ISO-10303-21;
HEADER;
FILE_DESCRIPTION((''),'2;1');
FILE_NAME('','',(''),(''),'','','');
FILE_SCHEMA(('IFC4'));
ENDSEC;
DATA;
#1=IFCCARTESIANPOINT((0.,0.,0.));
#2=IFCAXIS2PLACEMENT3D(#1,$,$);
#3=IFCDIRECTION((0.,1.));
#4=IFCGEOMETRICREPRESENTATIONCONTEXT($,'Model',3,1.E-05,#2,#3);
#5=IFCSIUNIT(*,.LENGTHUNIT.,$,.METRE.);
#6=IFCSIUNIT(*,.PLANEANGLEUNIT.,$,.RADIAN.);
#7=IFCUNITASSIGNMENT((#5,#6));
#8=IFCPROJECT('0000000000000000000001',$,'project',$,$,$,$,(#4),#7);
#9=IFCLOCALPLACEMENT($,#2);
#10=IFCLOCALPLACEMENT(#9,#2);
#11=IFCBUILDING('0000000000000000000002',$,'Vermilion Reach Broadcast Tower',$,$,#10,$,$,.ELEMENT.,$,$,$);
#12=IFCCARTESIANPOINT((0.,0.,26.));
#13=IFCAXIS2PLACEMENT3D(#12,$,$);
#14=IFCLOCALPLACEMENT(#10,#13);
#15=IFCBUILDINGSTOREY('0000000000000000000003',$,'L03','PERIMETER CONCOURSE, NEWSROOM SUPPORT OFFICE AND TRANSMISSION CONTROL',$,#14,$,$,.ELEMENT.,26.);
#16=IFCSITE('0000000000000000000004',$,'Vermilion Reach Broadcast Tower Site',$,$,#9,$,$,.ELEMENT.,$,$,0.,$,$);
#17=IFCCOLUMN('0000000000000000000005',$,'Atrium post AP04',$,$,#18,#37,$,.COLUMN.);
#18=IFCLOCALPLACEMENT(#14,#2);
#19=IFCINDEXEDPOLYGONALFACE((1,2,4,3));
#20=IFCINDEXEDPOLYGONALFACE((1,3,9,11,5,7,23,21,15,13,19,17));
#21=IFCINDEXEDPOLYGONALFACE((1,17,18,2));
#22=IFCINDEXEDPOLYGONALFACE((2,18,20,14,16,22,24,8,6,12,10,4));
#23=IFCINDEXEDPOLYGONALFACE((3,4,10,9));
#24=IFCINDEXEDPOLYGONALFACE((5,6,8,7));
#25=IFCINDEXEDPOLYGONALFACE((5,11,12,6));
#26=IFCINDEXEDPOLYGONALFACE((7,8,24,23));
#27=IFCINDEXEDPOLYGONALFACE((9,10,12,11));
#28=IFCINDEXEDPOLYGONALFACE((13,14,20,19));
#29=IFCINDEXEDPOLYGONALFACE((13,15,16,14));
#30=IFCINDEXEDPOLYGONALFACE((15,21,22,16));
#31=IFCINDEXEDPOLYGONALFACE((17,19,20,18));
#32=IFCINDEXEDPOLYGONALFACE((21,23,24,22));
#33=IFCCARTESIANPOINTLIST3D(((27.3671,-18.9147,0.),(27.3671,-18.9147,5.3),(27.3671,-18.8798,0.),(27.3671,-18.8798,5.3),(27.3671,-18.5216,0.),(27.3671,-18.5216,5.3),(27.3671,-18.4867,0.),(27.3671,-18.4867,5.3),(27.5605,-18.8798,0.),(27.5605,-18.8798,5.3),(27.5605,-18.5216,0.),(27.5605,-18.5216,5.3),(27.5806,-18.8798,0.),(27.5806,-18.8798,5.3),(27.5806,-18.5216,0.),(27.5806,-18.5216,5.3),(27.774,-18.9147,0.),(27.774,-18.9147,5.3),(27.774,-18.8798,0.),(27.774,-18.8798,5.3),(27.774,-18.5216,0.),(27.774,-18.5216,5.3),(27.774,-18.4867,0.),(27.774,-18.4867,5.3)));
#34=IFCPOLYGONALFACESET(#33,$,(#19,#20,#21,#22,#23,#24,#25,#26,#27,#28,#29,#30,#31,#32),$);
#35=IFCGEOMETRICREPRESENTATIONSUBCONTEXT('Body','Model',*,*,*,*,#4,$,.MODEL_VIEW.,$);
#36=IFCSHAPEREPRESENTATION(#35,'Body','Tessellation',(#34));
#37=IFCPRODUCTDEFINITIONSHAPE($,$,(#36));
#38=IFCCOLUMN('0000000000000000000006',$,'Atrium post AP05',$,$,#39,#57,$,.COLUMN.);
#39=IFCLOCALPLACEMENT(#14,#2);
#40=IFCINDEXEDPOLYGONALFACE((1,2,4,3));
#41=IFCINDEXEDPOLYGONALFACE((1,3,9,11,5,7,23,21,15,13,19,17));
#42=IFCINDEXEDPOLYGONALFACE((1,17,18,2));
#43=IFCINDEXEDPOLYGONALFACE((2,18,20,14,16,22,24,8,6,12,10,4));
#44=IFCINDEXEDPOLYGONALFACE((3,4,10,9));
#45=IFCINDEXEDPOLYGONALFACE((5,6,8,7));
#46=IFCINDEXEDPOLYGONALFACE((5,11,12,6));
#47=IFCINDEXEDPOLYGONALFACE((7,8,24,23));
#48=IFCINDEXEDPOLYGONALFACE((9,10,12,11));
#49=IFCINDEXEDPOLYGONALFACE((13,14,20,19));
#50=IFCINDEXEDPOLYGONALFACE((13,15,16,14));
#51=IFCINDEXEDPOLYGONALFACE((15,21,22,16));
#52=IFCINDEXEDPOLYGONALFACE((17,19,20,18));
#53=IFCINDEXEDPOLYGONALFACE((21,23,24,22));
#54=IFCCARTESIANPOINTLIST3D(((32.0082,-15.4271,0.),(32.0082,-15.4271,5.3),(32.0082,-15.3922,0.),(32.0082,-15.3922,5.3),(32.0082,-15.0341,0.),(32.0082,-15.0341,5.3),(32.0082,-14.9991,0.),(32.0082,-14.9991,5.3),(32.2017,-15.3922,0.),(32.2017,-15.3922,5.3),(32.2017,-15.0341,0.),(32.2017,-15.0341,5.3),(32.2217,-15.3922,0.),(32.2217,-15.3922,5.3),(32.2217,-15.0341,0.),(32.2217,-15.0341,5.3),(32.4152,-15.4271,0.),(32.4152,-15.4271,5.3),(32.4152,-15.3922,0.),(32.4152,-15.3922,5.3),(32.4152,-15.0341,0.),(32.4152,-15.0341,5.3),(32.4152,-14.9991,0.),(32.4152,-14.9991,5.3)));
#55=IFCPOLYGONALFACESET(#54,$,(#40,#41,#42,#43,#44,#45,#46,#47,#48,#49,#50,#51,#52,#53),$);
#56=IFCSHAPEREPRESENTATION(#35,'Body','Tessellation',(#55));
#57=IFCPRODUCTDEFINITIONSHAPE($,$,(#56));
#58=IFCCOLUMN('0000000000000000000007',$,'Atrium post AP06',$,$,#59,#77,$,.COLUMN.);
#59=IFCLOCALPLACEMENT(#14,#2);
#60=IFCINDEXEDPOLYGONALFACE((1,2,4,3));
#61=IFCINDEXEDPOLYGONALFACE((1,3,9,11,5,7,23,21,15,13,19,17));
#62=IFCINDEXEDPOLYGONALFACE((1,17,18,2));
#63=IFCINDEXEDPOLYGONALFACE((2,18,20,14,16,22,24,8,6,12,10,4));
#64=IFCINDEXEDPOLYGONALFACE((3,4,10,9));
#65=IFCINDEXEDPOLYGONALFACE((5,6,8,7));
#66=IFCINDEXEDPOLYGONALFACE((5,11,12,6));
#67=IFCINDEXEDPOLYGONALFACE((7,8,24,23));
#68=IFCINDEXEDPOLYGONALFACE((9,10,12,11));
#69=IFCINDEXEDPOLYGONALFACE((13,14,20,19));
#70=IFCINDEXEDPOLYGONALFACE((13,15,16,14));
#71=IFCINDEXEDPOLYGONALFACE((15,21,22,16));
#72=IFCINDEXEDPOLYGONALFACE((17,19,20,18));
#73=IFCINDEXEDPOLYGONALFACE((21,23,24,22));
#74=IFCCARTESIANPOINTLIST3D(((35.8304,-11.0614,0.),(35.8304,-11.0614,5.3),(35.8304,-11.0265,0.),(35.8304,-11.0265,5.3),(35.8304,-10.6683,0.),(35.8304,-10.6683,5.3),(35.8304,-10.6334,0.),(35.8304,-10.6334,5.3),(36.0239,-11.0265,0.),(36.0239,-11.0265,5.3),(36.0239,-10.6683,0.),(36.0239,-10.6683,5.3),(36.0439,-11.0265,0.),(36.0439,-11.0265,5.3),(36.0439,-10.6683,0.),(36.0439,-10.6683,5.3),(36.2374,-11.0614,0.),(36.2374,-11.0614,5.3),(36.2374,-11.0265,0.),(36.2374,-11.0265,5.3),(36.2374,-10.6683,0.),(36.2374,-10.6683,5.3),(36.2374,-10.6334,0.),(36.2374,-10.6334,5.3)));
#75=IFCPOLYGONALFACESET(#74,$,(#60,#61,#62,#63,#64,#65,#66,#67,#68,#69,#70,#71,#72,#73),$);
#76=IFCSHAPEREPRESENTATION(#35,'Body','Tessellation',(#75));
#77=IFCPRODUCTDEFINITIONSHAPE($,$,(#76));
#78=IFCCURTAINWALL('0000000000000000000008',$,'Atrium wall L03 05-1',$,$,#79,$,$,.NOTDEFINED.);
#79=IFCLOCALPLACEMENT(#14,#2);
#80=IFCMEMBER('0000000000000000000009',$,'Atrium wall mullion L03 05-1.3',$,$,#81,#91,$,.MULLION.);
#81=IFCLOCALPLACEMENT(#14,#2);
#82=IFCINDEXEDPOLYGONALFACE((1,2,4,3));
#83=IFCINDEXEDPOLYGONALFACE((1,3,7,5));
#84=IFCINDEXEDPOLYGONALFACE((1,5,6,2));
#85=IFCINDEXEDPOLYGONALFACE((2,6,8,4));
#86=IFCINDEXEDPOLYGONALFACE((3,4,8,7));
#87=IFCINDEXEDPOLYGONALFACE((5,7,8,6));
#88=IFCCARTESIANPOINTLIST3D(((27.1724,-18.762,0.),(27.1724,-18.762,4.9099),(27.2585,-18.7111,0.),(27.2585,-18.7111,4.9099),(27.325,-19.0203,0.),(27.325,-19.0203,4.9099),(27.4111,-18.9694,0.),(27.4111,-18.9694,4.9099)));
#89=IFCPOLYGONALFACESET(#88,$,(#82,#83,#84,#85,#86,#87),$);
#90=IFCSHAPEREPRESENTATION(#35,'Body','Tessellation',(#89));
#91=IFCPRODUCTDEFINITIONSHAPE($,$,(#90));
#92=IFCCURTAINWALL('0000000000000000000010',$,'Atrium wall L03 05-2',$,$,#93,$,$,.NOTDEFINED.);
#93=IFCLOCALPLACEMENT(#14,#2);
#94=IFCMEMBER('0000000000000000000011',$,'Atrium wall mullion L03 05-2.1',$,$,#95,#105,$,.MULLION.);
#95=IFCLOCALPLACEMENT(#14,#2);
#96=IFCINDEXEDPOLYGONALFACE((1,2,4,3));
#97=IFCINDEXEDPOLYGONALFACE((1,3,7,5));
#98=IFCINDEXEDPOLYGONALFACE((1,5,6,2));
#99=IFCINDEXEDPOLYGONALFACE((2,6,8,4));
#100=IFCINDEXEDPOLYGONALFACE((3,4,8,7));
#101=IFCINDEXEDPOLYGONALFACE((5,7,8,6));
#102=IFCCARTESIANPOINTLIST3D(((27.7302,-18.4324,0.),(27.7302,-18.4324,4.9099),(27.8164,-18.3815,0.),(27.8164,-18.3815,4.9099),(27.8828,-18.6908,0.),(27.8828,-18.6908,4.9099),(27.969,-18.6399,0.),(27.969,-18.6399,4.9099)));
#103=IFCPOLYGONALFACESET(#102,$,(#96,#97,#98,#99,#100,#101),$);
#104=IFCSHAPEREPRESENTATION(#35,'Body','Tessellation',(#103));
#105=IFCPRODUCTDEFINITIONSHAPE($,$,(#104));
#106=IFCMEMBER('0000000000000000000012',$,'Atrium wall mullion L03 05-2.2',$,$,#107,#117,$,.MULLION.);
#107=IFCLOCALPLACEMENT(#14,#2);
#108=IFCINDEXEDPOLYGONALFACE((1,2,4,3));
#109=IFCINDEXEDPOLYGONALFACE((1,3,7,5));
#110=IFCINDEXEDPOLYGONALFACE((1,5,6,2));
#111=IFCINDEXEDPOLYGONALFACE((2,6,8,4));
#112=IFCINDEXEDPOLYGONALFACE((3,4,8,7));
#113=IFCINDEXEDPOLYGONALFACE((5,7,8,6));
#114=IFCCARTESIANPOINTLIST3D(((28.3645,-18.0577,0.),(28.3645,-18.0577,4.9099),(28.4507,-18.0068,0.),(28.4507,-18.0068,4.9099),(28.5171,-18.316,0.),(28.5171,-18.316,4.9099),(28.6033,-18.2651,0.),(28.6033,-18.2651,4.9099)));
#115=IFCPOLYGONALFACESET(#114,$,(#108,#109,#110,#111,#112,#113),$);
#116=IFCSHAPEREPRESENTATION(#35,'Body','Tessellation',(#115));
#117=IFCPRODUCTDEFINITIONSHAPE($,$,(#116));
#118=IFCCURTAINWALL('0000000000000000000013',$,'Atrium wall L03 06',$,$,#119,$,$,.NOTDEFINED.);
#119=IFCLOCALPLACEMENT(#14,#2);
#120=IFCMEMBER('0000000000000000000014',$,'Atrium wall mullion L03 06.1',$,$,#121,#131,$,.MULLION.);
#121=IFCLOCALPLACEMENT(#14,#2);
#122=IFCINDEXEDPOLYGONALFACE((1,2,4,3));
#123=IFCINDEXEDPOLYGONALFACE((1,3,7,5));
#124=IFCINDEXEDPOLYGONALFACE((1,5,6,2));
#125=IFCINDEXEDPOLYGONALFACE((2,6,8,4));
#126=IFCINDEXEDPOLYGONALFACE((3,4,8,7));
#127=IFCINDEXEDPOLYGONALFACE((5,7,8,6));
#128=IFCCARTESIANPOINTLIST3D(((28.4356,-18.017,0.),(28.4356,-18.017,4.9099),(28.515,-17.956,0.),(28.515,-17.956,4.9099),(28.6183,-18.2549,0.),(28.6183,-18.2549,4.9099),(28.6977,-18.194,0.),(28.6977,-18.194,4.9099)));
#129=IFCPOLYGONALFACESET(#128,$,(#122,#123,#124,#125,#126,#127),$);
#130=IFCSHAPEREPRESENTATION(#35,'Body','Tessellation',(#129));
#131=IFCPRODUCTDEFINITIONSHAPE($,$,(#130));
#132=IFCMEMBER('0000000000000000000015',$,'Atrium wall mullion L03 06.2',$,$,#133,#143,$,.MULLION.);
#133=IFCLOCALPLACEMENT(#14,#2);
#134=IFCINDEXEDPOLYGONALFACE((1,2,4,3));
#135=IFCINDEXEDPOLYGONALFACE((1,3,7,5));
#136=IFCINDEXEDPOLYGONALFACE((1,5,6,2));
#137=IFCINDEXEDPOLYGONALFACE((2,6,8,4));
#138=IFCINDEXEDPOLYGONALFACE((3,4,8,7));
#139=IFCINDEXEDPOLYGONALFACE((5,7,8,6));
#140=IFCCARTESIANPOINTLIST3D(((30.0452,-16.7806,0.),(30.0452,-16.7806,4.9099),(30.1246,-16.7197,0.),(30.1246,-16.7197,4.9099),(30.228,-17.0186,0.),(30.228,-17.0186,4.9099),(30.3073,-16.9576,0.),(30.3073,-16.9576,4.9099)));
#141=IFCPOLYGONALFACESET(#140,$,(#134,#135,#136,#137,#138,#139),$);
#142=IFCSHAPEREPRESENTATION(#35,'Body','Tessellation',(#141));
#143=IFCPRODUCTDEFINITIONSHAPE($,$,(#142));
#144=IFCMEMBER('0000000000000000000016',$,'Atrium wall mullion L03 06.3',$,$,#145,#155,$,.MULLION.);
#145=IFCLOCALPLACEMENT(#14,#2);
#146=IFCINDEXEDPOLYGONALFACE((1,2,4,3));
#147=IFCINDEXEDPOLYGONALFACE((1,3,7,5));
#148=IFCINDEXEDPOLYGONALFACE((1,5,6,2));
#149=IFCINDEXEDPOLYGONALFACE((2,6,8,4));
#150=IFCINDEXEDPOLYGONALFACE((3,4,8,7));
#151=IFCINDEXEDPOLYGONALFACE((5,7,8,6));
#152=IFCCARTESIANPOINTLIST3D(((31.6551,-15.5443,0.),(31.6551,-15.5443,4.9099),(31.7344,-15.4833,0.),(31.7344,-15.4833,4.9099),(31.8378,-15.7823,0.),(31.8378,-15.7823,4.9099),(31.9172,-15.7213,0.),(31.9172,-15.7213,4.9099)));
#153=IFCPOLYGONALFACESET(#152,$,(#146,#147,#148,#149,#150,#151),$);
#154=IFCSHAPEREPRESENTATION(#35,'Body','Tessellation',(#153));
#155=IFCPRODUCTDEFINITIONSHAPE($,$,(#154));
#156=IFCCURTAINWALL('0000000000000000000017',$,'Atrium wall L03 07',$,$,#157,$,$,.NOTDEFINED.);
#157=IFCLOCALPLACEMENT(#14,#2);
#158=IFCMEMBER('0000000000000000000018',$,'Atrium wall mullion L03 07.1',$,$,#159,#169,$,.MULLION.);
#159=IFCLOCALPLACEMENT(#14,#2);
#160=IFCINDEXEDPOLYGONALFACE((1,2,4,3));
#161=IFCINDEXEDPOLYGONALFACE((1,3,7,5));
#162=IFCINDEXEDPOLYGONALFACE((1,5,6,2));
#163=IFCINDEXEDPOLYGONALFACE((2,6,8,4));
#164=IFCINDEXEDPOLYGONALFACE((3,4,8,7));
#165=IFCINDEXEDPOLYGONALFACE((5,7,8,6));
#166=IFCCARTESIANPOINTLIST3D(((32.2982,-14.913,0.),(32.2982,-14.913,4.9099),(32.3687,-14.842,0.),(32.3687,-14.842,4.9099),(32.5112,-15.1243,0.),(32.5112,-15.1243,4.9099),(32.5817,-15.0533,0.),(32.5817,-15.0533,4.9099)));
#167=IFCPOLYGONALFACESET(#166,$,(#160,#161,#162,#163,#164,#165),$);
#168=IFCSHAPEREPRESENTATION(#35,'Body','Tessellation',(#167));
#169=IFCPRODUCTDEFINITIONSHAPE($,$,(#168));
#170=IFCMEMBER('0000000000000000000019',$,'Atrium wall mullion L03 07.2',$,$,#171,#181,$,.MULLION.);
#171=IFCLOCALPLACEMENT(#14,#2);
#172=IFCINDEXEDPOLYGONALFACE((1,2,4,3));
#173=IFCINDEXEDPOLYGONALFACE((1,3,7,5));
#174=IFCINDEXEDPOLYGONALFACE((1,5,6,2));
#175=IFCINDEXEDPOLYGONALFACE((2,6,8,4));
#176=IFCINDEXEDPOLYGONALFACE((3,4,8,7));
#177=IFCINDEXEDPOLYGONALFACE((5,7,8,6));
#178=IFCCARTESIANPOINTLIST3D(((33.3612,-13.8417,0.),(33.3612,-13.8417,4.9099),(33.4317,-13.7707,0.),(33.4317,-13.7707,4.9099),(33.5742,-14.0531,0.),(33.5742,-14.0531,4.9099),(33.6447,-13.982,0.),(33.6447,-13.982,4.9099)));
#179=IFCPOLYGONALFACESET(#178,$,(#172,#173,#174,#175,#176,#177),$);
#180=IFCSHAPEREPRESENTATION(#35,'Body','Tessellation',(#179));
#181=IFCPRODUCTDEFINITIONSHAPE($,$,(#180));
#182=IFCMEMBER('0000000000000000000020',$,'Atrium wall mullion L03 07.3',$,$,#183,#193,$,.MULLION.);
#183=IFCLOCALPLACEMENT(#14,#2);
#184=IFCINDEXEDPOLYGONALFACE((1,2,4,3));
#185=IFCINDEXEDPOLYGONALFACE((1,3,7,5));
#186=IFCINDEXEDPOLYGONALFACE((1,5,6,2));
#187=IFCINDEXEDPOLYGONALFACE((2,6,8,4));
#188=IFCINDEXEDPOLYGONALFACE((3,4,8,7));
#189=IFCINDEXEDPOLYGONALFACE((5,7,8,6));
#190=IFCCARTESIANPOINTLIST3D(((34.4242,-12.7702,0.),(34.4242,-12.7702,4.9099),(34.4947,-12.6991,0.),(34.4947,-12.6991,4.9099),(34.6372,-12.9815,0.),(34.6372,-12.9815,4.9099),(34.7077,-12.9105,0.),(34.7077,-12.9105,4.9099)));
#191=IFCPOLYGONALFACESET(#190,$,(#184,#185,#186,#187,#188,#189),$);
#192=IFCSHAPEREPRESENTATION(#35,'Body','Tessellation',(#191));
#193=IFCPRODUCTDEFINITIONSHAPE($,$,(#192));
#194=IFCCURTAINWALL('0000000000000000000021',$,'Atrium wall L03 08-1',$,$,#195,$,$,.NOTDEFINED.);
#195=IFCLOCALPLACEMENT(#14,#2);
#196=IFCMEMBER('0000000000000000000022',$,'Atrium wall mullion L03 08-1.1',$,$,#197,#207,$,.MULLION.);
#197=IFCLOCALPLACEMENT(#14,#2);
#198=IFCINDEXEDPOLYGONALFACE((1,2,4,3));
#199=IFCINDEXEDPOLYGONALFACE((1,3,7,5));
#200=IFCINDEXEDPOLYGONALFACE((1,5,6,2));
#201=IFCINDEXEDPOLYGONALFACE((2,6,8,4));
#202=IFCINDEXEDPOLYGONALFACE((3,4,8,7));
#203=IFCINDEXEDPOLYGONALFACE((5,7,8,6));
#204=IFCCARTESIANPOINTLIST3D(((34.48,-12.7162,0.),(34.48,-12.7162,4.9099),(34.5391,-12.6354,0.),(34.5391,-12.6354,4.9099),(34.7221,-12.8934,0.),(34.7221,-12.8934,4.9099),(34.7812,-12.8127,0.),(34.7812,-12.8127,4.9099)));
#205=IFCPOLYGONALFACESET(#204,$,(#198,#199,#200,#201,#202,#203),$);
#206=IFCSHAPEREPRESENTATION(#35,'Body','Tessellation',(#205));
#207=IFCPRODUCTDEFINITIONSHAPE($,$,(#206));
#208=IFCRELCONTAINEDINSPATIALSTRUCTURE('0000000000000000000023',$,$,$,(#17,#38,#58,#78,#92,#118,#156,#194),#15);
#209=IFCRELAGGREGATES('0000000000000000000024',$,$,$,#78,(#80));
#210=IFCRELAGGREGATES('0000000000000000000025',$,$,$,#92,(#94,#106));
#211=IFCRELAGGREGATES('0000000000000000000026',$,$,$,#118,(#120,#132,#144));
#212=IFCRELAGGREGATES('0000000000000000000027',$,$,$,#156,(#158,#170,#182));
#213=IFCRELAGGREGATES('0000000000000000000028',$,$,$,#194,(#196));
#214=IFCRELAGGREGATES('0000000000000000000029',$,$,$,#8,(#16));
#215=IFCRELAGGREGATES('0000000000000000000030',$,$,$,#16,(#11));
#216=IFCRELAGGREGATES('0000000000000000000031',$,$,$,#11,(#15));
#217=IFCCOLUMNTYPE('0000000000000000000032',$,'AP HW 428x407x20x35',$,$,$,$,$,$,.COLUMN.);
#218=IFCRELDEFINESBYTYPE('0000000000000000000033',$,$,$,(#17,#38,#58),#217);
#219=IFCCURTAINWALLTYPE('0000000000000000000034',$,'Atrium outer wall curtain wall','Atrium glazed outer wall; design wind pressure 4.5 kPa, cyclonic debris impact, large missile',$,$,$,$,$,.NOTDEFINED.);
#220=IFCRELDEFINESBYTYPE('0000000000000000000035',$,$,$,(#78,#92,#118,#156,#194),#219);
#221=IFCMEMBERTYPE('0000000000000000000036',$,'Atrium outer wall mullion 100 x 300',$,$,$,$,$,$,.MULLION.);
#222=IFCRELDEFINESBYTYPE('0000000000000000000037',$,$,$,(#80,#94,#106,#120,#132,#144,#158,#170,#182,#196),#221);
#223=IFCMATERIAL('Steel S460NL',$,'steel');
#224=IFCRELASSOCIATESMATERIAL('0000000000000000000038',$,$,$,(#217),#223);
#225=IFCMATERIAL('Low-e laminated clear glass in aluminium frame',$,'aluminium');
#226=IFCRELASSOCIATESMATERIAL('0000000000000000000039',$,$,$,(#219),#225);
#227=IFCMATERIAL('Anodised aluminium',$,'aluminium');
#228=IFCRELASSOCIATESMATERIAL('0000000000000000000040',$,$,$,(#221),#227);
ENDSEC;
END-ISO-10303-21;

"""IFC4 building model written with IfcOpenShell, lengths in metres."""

from ifc_helpers import new_model, si_unit, direction, frame, origin, origin_2d, place, context, subcontext, project, spatial, rectangle, i_section, extrude, material, material_profile, profile_set, type_object, element, aggregate, save


model = new_model("IFC4")

# Units and contexts
model_context = context("Model", 3, precision=1e-05, world=origin(), true_north=direction((0.0, 1.0)))
body_context = subcontext(model_context, "Body", "Model", "MODEL_VIEW")
ifc_project = project(units=[si_unit("LENGTHUNIT", "METRE"), si_unit("PLANEANGLEUNIT", "RADIAN")], contexts=[model_context])

# Site, building, storey
site_placement = place(None, origin())
site = spatial("IfcSite", under=ifc_project, at=site_placement, Name="Vermilion Reach Broadcast Tower Site", CompositionType="ELEMENT", RefElevation=0.0)
building_placement = place(site_placement, origin())
building = spatial("IfcBuilding", under=site, at=building_placement, Name="Vermilion Reach Broadcast Tower", CompositionType="ELEMENT")
storey_placement = place(building_placement, frame((0.0, 0.0, 26.0)))
storey = spatial("IfcBuildingStorey", under=building, at=storey_placement, Name="L03", Description="PERIMETER CONCOURSE, NEWSROOM SUPPORT OFFICE AND TRANSMISSION CONTROL", CompositionType="ELEMENT", Elevation=26.0)

# Columns
ifc_material_1 = material(Name="Steel S460NL", Category="steel")
ifc_material_profile_1 = material_profile(ifc_material_1, i_section(OverallWidth=0.407, OverallDepth=0.428, WebThickness=0.02, FlangeThickness=0.0349, at=origin_2d()), Name="S460NL HW 428x407x20x35")
ifc_profile_set_1 = profile_set([ifc_material_profile_1], Name="Steel S460NL")
column_type = type_object("IfcColumnType", Name="AP HW 428x407x20x35", PredefinedType="COLUMN", material=ifc_profile_set_1)
for number, where, z_axis, x_axis, name in (
    (1, (27.5706, -18.7007, 0.0), (0.0, 0.0, 1.0), (1.0, 0.0, 0.0), "Atrium post AP04"),
    (2, (32.2117, -15.2131, 0.0), (0.0, 0.0, 1.0), (1.0, 0.0, 0.0), "Atrium post AP05"),
    (3, (36.0339, -10.8474, 0.0), (0.0, 0.0, 1.0), (1.0, 0.0, 0.0), "Atrium post AP06"),
):
    element("IfcColumn", number, at=place(storey_placement, frame(where, z_axis=z_axis, x_axis=x_axis)), inside=storey, type_object=column_type, Name=name, PredefinedType="COLUMN", context=body_context, shape_type="SweptSolid", body=[
        extrude(i_section(OverallWidth=0.407, OverallDepth=0.428, WebThickness=0.02, FlangeThickness=0.0349, at=origin_2d()), origin(), (0.0, 0.0, 1.0), 5.3),
    ])

# Curtain wall, member
ifc_material_2 = material(Name="Low-e laminated clear glass in aluminium frame", Category="aluminium")
curtain_wall_type = type_object("IfcCurtainWallType", Name="Atrium outer wall curtain wall", Description="Atrium glazed outer wall; design wind pressure 4.5 kPa, cyclonic debris impact, large missile", PredefinedType="NOTDEFINED", material=ifc_material_2)
placement = place(storey_placement, origin())
curtain_wall_1 = element("IfcCurtainWall", 4, at=placement, inside=storey, type_object=curtain_wall_type, Name="Atrium wall L03 05-1", PredefinedType="NOTDEFINED")
ifc_material_3 = material(Name="Anodised aluminium", Category="aluminium")
ifc_material_profile_2 = material_profile(ifc_material_3, rectangle(XDim=0.3, YDim=0.1001, at=origin_2d()), Name="Atrium outer wall mullion 100 x 300")
ifc_profile_set_2 = profile_set([ifc_material_profile_2], Name="Anodised aluminium")
member_type_1 = type_object("IfcMemberType", Name="Atrium outer wall mullion 100 x 300", PredefinedType="MULLION", material=ifc_profile_set_2)
member_1_placement = place(storey_placement, frame((27.2917, -18.8657, 0.0), z_axis=(0.0, 0.0, 1.0), x_axis=(-0.50859, 0.861009, 0.0)))
member_1 = element("IfcMember", 5, at=member_1_placement, type_object=member_type_1, Name="Atrium wall mullion L03 05-1.3", PredefinedType="MULLION", context=body_context, shape_type="SweptSolid", body=[
    extrude(rectangle(XDim=0.3, YDim=0.1001, at=origin_2d()), origin(), (0.0, 0.0, 1.0), 4.9099),
])

# Curtain walls, members
curtain_wall_2 = element("IfcCurtainWall", 6, at=placement, inside=storey, type_object=curtain_wall_type, Name="Atrium wall L03 05-2", PredefinedType="NOTDEFINED")
member_2_placement = place(storey_placement, frame((27.8496, -18.5361, 0.0), z_axis=(0.0, 0.0, 1.0), x_axis=(-0.50859, 0.861009, 0.0)))
member_2 = element("IfcMember", 7, at=member_2_placement, type_object=member_type_1, Name="Atrium wall mullion L03 05-2.1", PredefinedType="MULLION", context=body_context, shape_type="SweptSolid", body=[
    extrude(rectangle(XDim=0.3, YDim=0.1001, at=origin_2d()), origin(), (0.0, 0.0, 1.0), 4.9099),
])
member_3_placement = place(storey_placement, frame((28.4839, -18.1614, 0.0), z_axis=(0.0, 0.0, 1.0), x_axis=(-0.50859, 0.861009, 0.0)))
member_3 = element("IfcMember", 8, at=member_3_placement, type_object=member_type_1, Name="Atrium wall mullion L03 05-2.2", PredefinedType="MULLION", context=body_context, shape_type="SweptSolid", body=[
    extrude(rectangle(XDim=0.3, YDim=0.1001, at=origin_2d()), origin(), (0.0, 0.0, 1.0), 4.9099),
])
curtain_wall_3 = element("IfcCurtainWall", 9, at=placement, inside=storey, type_object=curtain_wall_type, Name="Atrium wall L03 06", PredefinedType="NOTDEFINED")
member_4_placement = place(storey_placement, frame((28.5667, -18.1055, 0.0), z_axis=(0.0, 0.0, 1.0), x_axis=(-0.609114, 0.793083, 0.0)))
member_4 = element("IfcMember", 10, at=member_4_placement, type_object=member_type_1, Name="Atrium wall mullion L03 06.1", PredefinedType="MULLION", context=body_context, shape_type="SweptSolid", body=[
    extrude(rectangle(XDim=0.3, YDim=0.1001, at=origin_2d()), origin(), (0.0, 0.0, 1.0), 4.9099),
])
member_5_placement = place(storey_placement, frame((30.1763, -16.8691, 0.0), z_axis=(0.0, 0.0, 1.0), x_axis=(-0.609114, 0.793083, 0.0)))
member_5 = element("IfcMember", 11, at=member_5_placement, type_object=member_type_1, Name="Atrium wall mullion L03 06.2", PredefinedType="MULLION", context=body_context, shape_type="SweptSolid", body=[
    extrude(rectangle(XDim=0.3, YDim=0.1001, at=origin_2d()), origin(), (0.0, 0.0, 1.0), 4.9099),
])
member_6_placement = place(storey_placement, frame((31.7861, -15.6328, 0.0), z_axis=(0.0, 0.0, 1.0), x_axis=(-0.609114, 0.793083, 0.0)))
member_6 = element("IfcMember", 12, at=member_6_placement, type_object=member_type_1, Name="Atrium wall mullion L03 06.3", PredefinedType="MULLION", context=body_context, shape_type="SweptSolid", body=[
    extrude(rectangle(XDim=0.3, YDim=0.1001, at=origin_2d()), origin(), (0.0, 0.0, 1.0), 4.9099),
])
curtain_wall_4 = element("IfcCurtainWall", 13, at=placement, inside=storey, type_object=curtain_wall_type, Name="Atrium wall L03 07", PredefinedType="NOTDEFINED")
member_7_placement = place(storey_placement, frame((32.4399, -14.9832, 0.0), z_axis=(0.0, 0.0, 1.0), x_axis=(-0.709926, 0.704276, 0.0)))
member_7 = element("IfcMember", 14, at=member_7_placement, type_object=member_type_1, Name="Atrium wall mullion L03 07.1", PredefinedType="MULLION", context=body_context, shape_type="SweptSolid", body=[
    extrude(rectangle(XDim=0.3, YDim=0.1001, at=origin_2d()), origin(), (0.0, 0.0, 1.0), 4.9099),
])
member_8_placement = place(storey_placement, frame((33.5029, -13.9119, 0.0), z_axis=(0.0, 0.0, 1.0), x_axis=(-0.709926, 0.704276, 0.0)))
member_8 = element("IfcMember", 15, at=member_8_placement, type_object=member_type_1, Name="Atrium wall mullion L03 07.2", PredefinedType="MULLION", context=body_context, shape_type="SweptSolid", body=[
    extrude(rectangle(XDim=0.3, YDim=0.1001, at=origin_2d()), origin(), (0.0, 0.0, 1.0), 4.9099),
])
member_9_placement = place(storey_placement, frame((34.5659, -12.8403, 0.0), z_axis=(0.0, 0.0, 1.0), x_axis=(-0.709926, 0.704276, 0.0)))
member_9 = element("IfcMember", 16, at=member_9_placement, type_object=member_type_1, Name="Atrium wall mullion L03 07.3", PredefinedType="MULLION", context=body_context, shape_type="SweptSolid", body=[
    extrude(rectangle(XDim=0.3, YDim=0.1001, at=origin_2d()), origin(), (0.0, 0.0, 1.0), 4.9099),
])
curtain_wall_5 = element("IfcCurtainWall", 17, at=placement, inside=storey, type_object=curtain_wall_type, Name="Atrium wall L03 08-1", PredefinedType="NOTDEFINED")
member_10_placement = place(storey_placement, frame((34.6306, -12.7644, 0.0), z_axis=(0.0, 0.0, 1.0), x_axis=(-0.806847, 0.59076, 0.0)))
member_10 = element("IfcMember", 18, at=member_10_placement, type_object=member_type_1, Name="Atrium wall mullion L03 08-1.1", PredefinedType="MULLION", context=body_context, shape_type="SweptSolid", body=[
    extrude(rectangle(XDim=0.3, YDim=0.1001, at=origin_2d()), origin(), (0.0, 0.0, 1.0), 4.9099),
])

aggregate(curtain_wall_1, [member_1])
aggregate(curtain_wall_2, [member_2, member_3])
aggregate(curtain_wall_3, [member_4, member_5, member_6])
aggregate(curtain_wall_4, [member_7, member_8, member_9])
aggregate(curtain_wall_5, [member_10])

save(model, "model.ifc")
